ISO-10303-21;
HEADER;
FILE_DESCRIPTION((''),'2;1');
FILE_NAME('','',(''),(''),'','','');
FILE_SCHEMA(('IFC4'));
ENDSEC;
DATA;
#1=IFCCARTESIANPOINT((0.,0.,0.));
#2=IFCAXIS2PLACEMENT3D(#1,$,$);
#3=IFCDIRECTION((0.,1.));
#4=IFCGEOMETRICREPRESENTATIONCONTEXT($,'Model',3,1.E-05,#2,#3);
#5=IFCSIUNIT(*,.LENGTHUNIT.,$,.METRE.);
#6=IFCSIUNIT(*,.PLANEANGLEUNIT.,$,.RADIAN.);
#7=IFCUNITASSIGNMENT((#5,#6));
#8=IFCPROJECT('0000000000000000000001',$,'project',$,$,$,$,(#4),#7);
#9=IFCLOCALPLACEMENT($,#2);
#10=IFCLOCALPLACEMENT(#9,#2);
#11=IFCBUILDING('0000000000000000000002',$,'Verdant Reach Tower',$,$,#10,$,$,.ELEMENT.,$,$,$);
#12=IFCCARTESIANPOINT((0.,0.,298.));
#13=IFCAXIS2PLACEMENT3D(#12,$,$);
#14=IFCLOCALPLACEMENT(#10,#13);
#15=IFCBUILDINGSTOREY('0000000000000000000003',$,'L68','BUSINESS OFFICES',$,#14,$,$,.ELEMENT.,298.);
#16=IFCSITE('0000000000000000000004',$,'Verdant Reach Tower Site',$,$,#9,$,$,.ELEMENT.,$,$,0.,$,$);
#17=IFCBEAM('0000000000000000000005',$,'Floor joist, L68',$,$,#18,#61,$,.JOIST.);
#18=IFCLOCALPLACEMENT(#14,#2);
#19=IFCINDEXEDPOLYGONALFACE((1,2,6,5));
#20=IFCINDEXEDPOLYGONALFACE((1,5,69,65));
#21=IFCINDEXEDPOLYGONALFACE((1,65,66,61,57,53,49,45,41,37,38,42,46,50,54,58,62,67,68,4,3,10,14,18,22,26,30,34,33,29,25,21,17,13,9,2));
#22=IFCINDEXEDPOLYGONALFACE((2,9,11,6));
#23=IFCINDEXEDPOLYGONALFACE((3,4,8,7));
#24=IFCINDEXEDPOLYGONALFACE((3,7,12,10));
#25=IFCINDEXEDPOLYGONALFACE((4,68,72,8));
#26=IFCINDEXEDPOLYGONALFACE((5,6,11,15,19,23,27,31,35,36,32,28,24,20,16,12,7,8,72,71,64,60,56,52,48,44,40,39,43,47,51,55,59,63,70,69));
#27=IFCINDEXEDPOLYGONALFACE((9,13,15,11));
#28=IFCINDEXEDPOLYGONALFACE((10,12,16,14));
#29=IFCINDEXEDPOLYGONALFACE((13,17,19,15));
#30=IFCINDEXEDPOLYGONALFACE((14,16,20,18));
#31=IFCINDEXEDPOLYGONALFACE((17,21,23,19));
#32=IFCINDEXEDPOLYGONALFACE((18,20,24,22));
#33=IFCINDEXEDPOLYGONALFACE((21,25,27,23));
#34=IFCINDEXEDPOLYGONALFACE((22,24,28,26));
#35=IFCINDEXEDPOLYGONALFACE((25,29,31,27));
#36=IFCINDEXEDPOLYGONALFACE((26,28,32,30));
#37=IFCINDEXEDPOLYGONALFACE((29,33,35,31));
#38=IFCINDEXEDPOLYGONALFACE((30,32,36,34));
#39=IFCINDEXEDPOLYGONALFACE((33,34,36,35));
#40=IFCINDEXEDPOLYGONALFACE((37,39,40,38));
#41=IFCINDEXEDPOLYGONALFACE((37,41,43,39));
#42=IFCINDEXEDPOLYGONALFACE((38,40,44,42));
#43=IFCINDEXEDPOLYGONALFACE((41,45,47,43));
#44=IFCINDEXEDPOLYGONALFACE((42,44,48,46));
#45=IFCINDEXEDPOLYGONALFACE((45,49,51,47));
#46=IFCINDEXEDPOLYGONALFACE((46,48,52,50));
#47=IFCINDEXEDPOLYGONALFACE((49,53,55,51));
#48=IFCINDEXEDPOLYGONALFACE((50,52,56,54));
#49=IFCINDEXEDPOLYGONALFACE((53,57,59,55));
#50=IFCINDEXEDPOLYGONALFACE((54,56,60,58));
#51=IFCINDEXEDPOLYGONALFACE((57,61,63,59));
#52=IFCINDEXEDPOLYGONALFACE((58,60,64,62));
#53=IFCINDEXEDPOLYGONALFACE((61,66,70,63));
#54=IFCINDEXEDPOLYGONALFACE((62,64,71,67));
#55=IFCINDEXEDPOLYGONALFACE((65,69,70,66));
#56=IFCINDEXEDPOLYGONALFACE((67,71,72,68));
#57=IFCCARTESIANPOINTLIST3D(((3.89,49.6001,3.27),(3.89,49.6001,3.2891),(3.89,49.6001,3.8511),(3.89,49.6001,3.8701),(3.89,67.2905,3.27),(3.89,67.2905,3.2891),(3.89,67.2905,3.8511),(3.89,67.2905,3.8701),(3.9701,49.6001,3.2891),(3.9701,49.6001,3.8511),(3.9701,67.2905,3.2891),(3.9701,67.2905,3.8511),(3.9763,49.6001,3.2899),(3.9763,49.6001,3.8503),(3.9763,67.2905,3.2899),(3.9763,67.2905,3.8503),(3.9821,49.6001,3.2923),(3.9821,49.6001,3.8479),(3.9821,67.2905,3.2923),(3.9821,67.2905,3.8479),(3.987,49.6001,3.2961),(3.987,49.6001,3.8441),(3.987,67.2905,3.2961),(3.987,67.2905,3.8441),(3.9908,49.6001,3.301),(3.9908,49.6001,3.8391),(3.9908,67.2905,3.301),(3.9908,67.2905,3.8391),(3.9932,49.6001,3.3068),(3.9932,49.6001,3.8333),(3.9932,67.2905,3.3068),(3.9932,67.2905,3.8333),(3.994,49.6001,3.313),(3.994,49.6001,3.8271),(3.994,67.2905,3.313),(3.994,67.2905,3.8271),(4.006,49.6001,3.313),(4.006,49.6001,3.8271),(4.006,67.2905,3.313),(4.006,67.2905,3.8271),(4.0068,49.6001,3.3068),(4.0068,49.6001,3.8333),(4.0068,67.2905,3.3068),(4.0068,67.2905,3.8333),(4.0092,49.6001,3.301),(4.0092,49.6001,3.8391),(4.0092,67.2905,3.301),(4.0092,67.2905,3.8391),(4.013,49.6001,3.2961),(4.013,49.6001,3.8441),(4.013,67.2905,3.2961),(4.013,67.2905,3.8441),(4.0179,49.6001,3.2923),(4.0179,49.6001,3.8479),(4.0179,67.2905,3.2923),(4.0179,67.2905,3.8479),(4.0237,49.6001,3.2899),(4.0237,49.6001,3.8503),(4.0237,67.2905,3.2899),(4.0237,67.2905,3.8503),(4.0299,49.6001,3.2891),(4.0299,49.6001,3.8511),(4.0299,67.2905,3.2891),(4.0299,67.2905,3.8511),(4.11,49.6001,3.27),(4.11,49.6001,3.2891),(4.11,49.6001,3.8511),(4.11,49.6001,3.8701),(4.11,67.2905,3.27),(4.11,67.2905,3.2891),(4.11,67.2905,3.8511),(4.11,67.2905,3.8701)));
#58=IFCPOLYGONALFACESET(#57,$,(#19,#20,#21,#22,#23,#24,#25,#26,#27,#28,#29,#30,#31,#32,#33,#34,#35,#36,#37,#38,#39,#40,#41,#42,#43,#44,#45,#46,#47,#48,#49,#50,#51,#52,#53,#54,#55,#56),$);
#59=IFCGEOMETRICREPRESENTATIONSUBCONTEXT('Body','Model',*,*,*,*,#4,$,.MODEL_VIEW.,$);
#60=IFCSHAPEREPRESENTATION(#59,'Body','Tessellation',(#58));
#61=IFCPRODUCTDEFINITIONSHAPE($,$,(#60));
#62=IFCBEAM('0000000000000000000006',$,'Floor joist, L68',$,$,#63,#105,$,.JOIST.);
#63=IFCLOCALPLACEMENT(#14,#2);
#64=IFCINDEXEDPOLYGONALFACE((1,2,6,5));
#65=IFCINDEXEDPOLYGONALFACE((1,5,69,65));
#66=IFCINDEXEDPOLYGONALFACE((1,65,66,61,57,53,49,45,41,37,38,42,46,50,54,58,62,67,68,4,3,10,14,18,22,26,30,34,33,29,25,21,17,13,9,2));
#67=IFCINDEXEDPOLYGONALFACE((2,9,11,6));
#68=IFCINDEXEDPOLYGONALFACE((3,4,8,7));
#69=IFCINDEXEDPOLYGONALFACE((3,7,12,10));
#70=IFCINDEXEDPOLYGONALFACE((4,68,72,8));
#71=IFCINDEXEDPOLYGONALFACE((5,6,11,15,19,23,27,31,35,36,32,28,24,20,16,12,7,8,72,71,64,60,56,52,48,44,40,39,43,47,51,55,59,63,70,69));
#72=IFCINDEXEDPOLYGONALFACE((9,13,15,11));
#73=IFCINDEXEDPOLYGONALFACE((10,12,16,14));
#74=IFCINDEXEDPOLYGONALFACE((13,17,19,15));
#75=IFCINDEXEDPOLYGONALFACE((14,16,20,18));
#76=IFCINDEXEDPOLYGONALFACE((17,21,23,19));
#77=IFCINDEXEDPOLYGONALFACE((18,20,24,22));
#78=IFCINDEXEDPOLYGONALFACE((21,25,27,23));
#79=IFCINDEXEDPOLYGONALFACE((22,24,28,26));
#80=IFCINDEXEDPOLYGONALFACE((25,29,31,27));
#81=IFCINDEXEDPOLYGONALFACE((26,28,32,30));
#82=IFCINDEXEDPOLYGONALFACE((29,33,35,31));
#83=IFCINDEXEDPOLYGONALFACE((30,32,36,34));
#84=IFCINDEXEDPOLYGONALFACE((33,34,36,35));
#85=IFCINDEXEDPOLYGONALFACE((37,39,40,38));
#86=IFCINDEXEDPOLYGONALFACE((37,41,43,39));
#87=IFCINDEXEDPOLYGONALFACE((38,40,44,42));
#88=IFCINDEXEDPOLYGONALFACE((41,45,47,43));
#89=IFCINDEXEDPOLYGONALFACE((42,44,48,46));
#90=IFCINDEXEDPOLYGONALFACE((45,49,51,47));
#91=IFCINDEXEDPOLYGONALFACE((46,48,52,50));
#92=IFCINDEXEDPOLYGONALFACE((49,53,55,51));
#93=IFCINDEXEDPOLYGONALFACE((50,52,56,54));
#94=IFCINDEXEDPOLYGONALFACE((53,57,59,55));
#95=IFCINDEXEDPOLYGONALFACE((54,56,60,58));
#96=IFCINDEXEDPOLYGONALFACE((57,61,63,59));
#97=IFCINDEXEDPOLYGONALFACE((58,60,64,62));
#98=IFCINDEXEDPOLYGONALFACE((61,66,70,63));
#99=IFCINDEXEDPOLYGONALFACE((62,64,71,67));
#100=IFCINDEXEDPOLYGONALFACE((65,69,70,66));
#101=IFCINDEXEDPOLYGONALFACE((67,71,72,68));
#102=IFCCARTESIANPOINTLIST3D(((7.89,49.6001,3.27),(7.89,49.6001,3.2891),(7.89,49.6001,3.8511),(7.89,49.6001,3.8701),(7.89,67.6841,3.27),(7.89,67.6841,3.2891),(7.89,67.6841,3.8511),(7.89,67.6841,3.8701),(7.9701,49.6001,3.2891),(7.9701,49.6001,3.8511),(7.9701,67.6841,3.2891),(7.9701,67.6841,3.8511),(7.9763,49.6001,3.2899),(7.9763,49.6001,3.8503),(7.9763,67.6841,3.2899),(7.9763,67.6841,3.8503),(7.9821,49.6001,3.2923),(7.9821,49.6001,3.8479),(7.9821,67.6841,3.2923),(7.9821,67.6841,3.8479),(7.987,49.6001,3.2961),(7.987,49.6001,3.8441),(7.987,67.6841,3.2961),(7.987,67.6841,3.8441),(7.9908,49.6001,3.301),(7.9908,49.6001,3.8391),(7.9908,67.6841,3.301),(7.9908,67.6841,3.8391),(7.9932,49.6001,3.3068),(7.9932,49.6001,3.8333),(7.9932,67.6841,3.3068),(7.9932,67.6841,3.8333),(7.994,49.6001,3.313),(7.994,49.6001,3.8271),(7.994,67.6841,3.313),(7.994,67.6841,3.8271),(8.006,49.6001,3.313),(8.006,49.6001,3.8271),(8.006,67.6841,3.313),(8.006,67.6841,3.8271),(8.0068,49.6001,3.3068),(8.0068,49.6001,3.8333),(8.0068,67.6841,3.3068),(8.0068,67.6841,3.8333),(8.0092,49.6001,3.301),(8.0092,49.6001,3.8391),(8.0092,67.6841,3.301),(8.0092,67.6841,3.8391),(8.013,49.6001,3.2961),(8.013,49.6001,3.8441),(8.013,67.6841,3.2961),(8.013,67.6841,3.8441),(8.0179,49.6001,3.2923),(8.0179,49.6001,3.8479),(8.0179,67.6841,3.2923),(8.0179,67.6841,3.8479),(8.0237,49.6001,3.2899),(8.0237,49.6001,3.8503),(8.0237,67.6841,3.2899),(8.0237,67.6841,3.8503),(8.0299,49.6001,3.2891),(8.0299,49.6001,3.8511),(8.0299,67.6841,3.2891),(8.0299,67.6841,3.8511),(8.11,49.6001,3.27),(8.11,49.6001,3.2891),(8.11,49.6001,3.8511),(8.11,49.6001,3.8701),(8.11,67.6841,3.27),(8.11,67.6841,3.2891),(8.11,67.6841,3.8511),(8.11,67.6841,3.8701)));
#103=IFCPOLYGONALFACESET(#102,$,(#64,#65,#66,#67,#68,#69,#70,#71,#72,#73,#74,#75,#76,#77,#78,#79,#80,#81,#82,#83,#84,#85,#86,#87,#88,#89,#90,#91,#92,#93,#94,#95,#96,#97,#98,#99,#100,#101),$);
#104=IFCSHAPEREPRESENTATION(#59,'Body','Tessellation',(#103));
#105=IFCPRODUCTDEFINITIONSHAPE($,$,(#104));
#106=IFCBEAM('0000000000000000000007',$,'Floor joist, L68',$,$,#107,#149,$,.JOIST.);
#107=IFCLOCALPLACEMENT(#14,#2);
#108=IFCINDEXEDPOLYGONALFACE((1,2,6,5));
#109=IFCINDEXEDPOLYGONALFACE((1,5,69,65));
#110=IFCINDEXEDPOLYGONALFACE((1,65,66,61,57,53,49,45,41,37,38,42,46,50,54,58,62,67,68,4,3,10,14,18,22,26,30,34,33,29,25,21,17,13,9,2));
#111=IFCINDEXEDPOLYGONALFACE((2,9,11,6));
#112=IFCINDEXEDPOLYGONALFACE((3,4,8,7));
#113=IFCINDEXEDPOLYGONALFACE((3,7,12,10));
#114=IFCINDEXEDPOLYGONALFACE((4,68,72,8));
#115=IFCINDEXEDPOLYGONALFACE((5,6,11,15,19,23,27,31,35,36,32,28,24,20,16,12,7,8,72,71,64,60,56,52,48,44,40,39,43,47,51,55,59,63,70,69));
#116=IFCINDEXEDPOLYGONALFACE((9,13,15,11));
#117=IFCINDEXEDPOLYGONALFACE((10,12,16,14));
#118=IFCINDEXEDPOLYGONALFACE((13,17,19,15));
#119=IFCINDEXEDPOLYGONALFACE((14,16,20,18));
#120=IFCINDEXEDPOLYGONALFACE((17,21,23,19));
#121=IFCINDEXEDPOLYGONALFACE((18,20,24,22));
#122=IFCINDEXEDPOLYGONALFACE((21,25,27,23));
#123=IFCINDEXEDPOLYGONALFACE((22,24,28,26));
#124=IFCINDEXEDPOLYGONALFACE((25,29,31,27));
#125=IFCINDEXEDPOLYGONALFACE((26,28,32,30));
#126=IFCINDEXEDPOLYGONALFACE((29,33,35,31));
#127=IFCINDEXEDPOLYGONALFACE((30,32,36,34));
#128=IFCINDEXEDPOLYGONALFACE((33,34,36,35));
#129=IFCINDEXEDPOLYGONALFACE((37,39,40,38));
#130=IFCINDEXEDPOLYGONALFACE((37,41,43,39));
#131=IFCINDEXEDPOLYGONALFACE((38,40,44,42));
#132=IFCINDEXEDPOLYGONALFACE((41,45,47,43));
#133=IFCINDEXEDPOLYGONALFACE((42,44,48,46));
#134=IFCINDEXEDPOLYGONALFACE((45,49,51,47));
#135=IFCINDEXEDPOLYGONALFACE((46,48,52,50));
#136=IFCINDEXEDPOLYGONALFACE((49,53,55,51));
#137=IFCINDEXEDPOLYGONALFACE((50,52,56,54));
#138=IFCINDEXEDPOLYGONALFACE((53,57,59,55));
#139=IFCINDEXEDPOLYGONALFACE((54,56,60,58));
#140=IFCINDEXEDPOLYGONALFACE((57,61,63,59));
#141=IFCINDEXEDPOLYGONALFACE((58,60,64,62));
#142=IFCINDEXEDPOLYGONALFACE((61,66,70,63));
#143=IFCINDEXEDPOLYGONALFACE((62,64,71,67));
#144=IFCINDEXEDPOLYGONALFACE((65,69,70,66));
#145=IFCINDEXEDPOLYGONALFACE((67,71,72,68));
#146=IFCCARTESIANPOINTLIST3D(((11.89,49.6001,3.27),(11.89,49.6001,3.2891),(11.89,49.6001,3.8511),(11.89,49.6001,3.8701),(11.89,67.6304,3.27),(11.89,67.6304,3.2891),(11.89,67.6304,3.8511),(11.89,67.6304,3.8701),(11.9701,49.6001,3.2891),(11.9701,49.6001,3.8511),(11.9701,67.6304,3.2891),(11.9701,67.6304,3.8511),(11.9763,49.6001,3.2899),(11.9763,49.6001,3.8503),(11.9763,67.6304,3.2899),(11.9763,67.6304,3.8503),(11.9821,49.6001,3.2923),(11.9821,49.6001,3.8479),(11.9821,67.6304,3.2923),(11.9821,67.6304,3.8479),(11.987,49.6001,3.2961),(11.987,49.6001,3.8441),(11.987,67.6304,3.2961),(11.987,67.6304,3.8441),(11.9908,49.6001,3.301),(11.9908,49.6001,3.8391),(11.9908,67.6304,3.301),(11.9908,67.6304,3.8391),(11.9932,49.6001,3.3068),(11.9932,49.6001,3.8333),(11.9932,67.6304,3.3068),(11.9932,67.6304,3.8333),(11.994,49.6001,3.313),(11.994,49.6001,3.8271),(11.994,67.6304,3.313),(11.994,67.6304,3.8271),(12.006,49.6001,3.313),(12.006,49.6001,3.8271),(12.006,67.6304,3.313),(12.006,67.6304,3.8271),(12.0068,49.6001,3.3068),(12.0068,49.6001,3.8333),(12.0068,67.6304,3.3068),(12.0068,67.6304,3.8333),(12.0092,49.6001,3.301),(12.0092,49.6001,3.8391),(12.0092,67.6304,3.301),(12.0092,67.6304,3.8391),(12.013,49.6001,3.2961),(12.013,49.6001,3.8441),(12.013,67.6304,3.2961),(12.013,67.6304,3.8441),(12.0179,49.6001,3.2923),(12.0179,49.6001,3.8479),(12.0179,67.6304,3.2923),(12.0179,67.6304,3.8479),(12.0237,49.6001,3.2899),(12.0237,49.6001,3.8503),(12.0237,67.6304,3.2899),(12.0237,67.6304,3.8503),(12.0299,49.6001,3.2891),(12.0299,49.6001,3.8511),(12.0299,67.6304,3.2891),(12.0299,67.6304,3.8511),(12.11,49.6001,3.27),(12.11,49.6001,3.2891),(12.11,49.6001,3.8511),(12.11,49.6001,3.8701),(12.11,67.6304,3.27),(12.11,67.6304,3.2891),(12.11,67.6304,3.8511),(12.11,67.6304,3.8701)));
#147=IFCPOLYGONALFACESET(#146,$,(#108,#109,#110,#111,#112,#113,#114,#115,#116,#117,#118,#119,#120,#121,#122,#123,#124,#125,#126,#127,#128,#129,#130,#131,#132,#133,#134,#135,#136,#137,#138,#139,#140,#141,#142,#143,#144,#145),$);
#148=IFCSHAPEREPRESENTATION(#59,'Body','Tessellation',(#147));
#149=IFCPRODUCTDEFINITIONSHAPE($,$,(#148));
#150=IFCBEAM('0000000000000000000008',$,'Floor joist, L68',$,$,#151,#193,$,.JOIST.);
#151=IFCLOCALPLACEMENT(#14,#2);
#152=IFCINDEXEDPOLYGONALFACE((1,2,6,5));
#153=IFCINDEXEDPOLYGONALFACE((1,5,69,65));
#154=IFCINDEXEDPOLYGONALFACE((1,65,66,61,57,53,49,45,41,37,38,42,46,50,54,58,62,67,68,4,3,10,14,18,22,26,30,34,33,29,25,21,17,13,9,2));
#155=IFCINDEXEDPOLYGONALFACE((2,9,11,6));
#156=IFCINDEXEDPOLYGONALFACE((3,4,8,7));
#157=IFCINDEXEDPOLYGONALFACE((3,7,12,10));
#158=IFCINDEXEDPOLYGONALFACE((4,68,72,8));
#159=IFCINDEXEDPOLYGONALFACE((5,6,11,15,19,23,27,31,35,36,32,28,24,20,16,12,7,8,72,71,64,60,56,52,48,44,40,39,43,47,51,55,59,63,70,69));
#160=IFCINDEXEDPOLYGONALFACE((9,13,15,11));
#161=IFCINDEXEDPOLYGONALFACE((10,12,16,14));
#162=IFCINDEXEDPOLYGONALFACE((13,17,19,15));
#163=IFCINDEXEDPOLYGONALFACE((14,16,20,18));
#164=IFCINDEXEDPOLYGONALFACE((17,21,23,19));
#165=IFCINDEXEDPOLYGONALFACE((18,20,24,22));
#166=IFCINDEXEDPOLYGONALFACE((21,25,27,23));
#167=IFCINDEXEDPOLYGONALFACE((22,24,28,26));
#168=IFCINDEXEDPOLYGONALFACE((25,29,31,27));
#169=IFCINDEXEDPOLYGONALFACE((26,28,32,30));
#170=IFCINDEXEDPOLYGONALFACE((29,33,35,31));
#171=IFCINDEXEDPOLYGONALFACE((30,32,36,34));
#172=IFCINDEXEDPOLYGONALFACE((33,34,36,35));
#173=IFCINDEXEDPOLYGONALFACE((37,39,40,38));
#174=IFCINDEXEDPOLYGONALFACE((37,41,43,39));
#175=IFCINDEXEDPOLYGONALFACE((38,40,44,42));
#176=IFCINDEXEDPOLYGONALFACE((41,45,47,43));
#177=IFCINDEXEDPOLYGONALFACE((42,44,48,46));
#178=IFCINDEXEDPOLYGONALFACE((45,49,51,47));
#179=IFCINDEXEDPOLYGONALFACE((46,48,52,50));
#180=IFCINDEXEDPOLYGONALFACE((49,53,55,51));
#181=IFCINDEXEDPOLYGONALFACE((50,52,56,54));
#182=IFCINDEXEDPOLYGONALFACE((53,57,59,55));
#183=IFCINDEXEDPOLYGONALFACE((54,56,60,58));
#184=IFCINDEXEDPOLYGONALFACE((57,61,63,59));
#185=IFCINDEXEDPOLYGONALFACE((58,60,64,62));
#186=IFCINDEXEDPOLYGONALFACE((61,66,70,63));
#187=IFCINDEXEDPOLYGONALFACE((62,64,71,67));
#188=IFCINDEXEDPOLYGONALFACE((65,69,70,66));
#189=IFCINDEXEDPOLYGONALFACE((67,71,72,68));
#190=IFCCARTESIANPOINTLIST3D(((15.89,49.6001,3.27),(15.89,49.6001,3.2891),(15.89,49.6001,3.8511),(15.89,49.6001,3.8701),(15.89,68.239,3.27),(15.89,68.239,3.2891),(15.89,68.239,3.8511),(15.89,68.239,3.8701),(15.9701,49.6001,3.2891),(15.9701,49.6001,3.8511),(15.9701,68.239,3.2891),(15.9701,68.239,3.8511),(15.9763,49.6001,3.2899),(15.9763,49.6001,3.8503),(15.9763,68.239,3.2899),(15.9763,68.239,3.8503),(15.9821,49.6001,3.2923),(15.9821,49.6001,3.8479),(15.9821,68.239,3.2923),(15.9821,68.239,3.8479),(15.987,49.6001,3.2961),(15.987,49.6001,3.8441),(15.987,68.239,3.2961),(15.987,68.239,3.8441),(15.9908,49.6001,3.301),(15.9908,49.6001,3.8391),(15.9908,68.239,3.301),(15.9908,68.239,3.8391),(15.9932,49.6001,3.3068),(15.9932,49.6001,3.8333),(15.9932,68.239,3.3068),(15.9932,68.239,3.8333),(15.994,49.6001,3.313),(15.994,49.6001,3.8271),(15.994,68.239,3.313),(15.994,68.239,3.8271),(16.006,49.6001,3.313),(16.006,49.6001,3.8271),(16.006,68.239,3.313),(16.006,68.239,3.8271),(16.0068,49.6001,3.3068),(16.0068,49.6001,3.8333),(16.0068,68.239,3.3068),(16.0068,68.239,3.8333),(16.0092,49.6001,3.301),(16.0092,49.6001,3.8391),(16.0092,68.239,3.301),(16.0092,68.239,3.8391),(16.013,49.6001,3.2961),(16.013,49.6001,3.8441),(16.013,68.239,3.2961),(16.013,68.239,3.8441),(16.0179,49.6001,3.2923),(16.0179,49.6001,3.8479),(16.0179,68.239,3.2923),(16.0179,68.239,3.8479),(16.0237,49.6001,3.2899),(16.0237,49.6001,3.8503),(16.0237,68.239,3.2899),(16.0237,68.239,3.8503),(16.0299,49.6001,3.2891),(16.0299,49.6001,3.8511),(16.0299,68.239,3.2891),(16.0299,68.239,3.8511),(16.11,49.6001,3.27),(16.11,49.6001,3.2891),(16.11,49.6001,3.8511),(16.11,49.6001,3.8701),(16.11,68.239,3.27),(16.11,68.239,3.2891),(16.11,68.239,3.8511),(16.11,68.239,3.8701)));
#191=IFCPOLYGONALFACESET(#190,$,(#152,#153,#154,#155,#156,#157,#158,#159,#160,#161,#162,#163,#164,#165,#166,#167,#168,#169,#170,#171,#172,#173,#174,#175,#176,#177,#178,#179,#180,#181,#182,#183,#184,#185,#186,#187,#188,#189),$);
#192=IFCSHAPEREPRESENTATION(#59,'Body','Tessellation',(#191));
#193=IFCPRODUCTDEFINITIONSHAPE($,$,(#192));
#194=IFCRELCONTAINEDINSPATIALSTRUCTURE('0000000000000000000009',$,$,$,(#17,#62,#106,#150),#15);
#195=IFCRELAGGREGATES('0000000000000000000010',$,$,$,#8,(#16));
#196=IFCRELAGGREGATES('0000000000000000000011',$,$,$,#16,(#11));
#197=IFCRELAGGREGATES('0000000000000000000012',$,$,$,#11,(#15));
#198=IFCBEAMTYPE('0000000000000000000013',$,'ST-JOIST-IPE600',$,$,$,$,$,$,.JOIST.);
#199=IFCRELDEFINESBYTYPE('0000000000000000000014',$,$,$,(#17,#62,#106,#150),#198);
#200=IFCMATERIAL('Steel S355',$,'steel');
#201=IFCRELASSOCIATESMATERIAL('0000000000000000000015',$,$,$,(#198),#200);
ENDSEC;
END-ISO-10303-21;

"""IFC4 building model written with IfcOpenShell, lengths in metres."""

from ifc_helpers import new_model, si_unit, direction, frame, origin, origin_2d, place, context, subcontext, project, spatial, i_section, extrude, material, material_profile, profile_set, type_object, element, save


model = new_model("IFC4")

# Units and contexts
model_context = context("Model", 3, precision=1e-05, world=origin(), true_north=direction((0.0, 1.0)))
body_context = subcontext(model_context, "Body", "Model", "MODEL_VIEW")
ifc_project = project(units=[si_unit("LENGTHUNIT", "METRE"), si_unit("PLANEANGLEUNIT", "RADIAN")], contexts=[model_context])

# Site, building, storey
site_placement = place(None, origin())
site = spatial("IfcSite", under=ifc_project, at=site_placement, Name="Verdant Reach Tower Site", CompositionType="ELEMENT", RefElevation=0.0)
building_placement = place(site_placement, origin())
building = spatial("IfcBuilding", under=site, at=building_placement, Name="Verdant Reach Tower", CompositionType="ELEMENT")
storey_placement = place(building_placement, frame((0.0, 0.0, 298.0)))
storey = spatial("IfcBuildingStorey", under=building, at=storey_placement, Name="L68", Description="BUSINESS OFFICES", CompositionType="ELEMENT", Elevation=298.0)

# Beams
ifc_material_1 = material(Name="Steel S355", Category="steel")
ifc_material_profile_1 = material_profile(ifc_material_1, i_section(OverallWidth=0.22, OverallDepth=0.6001, WebThickness=0.012, FlangeThickness=0.019, FilletRadius=0.0239, at=origin_2d()), Name="IPE 600")
ifc_profile_set_1 = profile_set([ifc_material_profile_1], Name="Steel S355")
beam_type_1 = type_object("IfcBeamType", Name="ST-JOIST-IPE600", PredefinedType="JOIST", material=ifc_profile_set_1)
beam_1_placement = place(storey_placement, frame((4.0, 49.6001, 3.5701), z_axis=(0.0, 1.0, 0.0), x_axis=(-1.0, 0.0, 0.0)))
element("IfcBeam", 1, at=beam_1_placement, inside=storey, type_object=beam_type_1, Name="Floor joist, L68", PredefinedType="JOIST", context=body_context, shape_type="SweptSolid", body=[
    extrude(i_section(OverallWidth=0.22, OverallDepth=0.6001, WebThickness=0.012, FlangeThickness=0.019, FilletRadius=0.0239, at=origin_2d()), origin(), (0.0, 0.0, 1.0), 17.6904),
])
beam_2_placement = place(storey_placement, frame((8.0, 49.6001, 3.5701), z_axis=(0.0, 1.0, 0.0), x_axis=(-1.0, 0.0, 0.0)))
element("IfcBeam", 2, at=beam_2_placement, inside=storey, type_object=beam_type_1, Name="Floor joist, L68", PredefinedType="JOIST", context=body_context, shape_type="SweptSolid", body=[
    extrude(i_section(OverallWidth=0.22, OverallDepth=0.6001, WebThickness=0.012, FlangeThickness=0.019, FilletRadius=0.0239, at=origin_2d()), origin(), (0.0, 0.0, 1.0), 18.084),
])
beam_3_placement = place(storey_placement, frame((12.0, 49.6001, 3.5701), z_axis=(0.0, 1.0, 0.0), x_axis=(-1.0, 0.0, 0.0)))
element("IfcBeam", 3, at=beam_3_placement, inside=storey, type_object=beam_type_1, Name="Floor joist, L68", PredefinedType="JOIST", context=body_context, shape_type="SweptSolid", body=[
    extrude(i_section(OverallWidth=0.22, OverallDepth=0.6001, WebThickness=0.012, FlangeThickness=0.019, FilletRadius=0.0239, at=origin_2d()), origin(), (0.0, 0.0, 1.0), 18.0303),
])
beam_4_placement = place(storey_placement, frame((16.0, 49.6001, 3.5701), z_axis=(0.0, 1.0, 0.0), x_axis=(-1.0, 0.0, 0.0)))
element("IfcBeam", 4, at=beam_4_placement, inside=storey, type_object=beam_type_1, Name="Floor joist, L68", PredefinedType="JOIST", context=body_context, shape_type="SweptSolid", body=[
    extrude(i_section(OverallWidth=0.22, OverallDepth=0.6001, WebThickness=0.012, FlangeThickness=0.019, FilletRadius=0.0239, at=origin_2d()), origin(), (0.0, 0.0, 1.0), 18.6389),
])

save(model, "model.ifc")
